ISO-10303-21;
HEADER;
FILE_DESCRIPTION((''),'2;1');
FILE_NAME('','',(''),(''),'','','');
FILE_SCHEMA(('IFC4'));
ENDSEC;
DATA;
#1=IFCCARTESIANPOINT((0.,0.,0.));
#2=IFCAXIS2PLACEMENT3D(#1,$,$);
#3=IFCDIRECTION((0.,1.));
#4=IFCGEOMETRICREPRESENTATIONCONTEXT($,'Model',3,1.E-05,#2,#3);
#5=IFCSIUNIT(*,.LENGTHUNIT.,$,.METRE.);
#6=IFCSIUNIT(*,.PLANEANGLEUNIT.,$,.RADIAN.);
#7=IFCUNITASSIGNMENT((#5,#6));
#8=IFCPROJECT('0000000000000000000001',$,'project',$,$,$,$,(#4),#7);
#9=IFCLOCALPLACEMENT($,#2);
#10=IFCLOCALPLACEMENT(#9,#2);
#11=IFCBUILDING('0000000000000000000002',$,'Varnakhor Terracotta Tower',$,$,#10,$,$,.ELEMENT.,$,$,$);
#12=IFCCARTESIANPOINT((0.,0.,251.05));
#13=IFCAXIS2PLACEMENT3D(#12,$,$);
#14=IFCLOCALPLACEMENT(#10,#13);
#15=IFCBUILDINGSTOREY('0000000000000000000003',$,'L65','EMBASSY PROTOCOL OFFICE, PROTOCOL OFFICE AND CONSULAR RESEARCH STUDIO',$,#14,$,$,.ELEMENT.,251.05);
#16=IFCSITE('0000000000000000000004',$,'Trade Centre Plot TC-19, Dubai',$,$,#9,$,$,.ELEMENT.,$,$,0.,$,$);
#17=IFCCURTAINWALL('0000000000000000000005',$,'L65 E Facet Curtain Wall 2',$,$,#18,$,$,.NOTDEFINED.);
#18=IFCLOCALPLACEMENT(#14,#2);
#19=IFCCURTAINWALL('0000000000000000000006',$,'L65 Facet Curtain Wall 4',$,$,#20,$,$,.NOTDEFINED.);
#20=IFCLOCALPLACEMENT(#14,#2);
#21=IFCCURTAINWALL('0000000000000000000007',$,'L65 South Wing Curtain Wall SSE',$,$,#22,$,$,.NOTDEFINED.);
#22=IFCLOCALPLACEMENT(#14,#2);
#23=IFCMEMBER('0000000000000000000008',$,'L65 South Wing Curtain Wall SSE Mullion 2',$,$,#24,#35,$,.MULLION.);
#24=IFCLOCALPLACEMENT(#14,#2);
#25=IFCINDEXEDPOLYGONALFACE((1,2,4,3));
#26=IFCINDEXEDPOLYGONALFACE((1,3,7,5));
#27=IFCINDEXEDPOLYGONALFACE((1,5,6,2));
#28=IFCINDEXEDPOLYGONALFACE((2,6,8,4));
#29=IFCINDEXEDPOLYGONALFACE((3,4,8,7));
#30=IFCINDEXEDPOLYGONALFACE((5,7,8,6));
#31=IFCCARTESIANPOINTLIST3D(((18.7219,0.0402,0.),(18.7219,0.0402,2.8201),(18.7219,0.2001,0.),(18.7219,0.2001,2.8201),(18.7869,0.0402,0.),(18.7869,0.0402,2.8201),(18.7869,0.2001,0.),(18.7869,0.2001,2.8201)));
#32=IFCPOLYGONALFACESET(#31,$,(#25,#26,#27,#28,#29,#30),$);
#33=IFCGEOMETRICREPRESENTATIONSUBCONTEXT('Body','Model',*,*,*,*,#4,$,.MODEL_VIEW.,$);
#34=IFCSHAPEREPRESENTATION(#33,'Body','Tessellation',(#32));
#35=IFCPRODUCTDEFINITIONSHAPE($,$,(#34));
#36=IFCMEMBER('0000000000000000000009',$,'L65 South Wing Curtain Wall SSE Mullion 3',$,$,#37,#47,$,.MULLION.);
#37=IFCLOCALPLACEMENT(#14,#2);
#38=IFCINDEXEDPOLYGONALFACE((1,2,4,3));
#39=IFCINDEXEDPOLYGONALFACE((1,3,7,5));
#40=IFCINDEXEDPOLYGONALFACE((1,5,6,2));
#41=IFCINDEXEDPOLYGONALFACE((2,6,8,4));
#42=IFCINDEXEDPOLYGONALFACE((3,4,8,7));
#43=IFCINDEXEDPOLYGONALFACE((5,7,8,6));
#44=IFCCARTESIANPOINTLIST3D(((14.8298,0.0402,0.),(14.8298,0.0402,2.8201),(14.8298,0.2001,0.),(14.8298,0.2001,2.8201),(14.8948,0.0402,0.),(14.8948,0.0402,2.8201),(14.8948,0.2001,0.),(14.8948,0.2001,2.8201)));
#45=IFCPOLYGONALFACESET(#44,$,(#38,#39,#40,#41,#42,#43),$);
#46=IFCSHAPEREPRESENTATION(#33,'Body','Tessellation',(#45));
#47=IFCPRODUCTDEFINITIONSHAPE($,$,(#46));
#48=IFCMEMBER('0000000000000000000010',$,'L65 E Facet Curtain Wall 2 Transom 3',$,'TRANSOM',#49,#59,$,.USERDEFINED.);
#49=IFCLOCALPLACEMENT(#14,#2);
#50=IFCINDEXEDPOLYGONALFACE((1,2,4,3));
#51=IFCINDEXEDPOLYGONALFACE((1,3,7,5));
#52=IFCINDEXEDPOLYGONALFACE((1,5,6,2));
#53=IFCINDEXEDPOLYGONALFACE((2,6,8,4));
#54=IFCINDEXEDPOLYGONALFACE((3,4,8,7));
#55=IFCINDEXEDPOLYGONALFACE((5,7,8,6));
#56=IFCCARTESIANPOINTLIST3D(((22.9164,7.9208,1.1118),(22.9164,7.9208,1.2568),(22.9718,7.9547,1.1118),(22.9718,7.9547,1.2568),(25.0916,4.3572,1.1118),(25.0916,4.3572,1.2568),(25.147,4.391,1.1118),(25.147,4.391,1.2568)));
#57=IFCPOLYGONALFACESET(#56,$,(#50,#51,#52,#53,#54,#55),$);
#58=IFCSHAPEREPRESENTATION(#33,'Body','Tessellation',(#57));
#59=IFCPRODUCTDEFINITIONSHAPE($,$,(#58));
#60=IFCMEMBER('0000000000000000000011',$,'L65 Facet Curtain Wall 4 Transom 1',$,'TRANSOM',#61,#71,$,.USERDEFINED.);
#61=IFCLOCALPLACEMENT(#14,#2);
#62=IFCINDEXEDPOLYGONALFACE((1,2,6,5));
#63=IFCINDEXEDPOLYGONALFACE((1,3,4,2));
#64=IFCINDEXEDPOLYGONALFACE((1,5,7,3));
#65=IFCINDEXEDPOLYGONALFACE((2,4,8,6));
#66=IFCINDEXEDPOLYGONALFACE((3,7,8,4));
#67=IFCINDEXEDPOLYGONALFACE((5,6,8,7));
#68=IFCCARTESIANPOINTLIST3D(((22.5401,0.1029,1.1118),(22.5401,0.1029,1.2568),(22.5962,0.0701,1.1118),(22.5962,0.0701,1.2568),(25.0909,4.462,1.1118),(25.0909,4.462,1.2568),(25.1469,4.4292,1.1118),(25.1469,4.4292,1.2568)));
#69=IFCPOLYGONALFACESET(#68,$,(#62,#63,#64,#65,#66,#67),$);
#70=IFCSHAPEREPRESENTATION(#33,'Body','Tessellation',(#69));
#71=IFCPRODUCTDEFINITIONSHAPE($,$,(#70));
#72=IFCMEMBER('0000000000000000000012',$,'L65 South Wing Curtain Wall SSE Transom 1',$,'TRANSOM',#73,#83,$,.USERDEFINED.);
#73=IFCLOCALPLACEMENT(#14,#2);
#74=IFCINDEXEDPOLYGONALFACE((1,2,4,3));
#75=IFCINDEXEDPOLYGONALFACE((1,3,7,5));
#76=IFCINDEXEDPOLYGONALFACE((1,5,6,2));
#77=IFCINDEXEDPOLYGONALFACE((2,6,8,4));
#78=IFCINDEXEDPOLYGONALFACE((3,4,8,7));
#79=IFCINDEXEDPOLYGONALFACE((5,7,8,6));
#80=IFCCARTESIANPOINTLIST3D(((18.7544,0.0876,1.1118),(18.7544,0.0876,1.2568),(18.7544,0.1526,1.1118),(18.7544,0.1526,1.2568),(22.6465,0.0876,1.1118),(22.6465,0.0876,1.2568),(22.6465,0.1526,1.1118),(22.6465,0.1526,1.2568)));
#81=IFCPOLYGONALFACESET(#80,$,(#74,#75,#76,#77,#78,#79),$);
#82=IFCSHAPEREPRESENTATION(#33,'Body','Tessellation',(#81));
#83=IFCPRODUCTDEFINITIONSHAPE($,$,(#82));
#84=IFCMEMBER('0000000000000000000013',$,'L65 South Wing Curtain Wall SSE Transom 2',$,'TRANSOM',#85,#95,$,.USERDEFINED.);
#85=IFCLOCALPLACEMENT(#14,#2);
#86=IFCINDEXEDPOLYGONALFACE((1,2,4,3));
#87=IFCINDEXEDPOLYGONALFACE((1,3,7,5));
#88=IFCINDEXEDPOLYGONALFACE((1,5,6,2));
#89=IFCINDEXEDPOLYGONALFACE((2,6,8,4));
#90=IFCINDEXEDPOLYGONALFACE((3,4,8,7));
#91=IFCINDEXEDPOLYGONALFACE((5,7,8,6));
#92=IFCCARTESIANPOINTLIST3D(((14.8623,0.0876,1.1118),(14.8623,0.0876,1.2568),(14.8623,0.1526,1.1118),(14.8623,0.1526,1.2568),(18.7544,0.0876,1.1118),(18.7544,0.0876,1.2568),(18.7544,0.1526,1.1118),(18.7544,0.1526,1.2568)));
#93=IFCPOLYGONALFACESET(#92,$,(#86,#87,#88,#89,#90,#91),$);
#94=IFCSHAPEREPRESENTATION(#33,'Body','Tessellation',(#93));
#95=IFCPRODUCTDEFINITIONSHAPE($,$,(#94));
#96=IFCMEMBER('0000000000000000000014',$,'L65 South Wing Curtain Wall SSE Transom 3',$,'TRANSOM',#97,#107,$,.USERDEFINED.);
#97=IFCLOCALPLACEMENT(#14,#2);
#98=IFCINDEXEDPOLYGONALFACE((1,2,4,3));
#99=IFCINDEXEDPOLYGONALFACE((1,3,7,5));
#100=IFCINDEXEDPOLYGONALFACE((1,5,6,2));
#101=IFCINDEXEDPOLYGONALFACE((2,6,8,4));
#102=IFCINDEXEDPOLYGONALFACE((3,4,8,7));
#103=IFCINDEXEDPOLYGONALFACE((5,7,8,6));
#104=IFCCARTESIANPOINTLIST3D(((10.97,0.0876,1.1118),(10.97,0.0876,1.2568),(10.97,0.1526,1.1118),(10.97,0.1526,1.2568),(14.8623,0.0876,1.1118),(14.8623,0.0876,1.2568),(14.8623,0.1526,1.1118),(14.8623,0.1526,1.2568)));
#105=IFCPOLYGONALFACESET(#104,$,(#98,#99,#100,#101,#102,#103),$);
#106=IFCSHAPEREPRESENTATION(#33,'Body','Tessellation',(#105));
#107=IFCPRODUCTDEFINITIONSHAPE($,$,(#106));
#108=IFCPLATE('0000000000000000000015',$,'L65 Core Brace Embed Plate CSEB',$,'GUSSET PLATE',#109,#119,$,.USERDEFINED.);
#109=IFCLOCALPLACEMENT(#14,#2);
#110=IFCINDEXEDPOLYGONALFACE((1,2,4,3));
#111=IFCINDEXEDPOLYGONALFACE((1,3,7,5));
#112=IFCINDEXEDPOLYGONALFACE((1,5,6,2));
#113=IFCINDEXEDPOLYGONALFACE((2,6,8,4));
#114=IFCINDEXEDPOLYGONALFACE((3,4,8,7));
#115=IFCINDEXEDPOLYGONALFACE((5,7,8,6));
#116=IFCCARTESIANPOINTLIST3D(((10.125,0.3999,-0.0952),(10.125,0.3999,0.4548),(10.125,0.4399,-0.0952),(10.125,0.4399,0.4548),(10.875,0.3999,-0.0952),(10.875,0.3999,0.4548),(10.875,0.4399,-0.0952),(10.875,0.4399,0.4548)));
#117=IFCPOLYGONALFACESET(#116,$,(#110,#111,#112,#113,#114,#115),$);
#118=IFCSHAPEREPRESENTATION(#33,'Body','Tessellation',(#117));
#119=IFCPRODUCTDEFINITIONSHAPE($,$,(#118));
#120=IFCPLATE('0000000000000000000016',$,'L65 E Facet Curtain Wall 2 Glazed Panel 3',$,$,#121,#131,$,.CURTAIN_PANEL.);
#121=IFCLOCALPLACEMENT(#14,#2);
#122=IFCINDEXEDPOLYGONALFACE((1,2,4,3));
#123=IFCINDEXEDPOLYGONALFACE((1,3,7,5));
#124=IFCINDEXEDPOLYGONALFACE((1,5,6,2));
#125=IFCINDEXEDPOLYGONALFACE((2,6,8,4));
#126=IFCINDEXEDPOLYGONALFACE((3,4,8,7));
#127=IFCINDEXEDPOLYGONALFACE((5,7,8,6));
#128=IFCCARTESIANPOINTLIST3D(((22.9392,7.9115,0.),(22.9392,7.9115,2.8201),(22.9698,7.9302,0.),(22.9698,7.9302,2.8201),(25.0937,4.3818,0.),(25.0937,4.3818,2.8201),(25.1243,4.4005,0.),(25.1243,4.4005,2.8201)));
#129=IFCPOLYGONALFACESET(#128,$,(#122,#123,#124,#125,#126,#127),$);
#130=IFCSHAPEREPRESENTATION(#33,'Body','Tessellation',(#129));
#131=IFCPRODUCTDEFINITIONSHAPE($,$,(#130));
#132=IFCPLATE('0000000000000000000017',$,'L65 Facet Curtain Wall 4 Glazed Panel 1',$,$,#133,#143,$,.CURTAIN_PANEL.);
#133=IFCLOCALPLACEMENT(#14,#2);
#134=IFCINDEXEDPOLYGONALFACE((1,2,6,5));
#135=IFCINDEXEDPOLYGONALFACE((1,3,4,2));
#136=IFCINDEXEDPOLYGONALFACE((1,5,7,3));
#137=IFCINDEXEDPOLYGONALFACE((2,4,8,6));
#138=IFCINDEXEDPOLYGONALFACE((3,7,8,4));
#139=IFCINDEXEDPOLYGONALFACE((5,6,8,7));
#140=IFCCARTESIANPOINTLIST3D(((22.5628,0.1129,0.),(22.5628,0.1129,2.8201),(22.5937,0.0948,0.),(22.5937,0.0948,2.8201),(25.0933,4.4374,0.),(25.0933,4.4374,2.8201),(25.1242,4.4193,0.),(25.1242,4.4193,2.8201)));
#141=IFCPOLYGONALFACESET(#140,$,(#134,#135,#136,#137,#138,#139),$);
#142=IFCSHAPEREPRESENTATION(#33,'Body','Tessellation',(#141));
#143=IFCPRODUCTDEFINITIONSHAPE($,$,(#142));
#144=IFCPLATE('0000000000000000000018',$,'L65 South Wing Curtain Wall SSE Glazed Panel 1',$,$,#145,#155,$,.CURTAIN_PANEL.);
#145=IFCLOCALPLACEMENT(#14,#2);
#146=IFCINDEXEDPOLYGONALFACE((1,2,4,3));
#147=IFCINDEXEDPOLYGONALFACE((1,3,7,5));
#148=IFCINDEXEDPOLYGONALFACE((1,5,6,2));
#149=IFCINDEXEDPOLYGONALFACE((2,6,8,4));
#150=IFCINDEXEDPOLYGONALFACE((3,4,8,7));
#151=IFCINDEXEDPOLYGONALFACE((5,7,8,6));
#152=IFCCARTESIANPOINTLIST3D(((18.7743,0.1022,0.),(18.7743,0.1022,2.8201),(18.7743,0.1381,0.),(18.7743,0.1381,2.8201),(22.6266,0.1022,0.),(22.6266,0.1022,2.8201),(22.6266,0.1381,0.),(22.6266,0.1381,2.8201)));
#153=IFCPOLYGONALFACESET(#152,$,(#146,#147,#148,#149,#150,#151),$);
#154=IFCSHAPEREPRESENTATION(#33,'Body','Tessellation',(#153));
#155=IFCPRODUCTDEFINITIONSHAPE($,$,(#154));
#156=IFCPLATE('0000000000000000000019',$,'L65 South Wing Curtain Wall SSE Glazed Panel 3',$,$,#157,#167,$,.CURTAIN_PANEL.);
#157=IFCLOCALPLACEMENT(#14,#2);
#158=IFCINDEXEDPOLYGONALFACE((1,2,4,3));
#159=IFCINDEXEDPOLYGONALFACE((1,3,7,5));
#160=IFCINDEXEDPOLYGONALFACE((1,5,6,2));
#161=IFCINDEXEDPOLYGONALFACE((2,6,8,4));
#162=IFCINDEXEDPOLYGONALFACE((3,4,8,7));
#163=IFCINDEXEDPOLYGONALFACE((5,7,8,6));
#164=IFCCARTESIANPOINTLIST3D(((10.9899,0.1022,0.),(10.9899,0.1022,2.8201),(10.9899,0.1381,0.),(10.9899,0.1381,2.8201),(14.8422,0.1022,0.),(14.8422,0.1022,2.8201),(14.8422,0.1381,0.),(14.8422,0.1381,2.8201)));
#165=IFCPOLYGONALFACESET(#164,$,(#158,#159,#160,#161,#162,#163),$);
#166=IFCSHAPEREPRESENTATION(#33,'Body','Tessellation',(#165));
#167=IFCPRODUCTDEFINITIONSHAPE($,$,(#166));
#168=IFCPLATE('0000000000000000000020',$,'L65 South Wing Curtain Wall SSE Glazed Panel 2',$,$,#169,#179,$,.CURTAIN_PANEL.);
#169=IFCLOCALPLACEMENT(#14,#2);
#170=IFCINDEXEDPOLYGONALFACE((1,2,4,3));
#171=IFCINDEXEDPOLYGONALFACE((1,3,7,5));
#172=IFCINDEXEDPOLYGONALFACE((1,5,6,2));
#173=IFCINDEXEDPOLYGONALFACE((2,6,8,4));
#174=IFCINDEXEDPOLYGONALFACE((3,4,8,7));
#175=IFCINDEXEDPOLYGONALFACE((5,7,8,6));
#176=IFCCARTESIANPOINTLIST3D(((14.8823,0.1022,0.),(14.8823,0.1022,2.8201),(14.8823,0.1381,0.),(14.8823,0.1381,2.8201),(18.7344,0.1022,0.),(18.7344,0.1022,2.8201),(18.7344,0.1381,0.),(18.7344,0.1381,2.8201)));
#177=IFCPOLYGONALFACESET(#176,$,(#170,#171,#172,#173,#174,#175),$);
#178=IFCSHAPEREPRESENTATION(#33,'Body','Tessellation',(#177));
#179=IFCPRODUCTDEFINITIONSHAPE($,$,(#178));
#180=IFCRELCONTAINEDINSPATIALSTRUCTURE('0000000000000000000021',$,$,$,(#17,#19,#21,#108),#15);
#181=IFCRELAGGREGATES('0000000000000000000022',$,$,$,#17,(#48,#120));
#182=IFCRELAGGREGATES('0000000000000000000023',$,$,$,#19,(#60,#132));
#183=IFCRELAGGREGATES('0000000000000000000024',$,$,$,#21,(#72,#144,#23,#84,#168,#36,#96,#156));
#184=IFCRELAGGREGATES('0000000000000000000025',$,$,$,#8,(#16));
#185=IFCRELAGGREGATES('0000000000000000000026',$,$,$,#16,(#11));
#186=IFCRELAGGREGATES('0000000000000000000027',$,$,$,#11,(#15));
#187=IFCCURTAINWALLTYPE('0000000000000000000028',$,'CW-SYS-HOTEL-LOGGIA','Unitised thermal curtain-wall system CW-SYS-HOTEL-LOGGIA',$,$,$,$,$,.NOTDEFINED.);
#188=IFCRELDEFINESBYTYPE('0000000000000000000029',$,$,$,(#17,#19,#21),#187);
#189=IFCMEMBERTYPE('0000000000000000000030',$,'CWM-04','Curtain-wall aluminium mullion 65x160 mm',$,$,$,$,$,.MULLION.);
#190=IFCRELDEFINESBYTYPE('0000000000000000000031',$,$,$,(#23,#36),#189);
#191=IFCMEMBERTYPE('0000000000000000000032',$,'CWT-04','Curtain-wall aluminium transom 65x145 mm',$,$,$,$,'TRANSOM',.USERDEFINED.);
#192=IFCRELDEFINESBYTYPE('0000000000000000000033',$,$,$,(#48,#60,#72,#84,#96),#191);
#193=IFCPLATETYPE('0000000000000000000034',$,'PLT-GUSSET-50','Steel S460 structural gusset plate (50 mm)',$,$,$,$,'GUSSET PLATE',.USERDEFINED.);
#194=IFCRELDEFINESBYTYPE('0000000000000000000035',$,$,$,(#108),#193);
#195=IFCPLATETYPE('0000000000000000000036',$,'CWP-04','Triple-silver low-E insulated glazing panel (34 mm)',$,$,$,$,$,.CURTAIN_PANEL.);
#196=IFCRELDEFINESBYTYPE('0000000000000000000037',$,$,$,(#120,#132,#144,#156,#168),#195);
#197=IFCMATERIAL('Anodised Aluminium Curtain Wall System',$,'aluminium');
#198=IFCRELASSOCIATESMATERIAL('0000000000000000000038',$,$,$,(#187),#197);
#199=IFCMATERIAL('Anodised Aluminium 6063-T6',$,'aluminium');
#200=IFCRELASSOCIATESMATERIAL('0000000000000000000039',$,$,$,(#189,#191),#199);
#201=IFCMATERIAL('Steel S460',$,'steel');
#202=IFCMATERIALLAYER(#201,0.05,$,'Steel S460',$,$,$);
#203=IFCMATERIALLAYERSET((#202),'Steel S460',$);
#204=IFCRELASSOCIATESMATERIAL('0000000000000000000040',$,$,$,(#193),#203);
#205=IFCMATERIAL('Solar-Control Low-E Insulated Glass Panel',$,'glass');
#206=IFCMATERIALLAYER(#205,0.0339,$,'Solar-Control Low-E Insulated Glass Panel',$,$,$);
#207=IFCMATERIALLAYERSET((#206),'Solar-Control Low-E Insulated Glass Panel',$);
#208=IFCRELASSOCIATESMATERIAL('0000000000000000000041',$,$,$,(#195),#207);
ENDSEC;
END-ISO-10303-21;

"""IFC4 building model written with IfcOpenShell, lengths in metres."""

from ifc_helpers import new_model, si_unit, direction, frame, origin, origin_2d, place, context, subcontext, project, spatial, rectangle, extrude, source, transform, mapped, material, layer, layer_set, material_profile, profile_set, type_object, type_shapes, element, aggregate, save


model = new_model("IFC4")

# Units and contexts
model_context = context("Model", 3, precision=1e-05, world=origin(), true_north=direction((0.0, 1.0)))
body_context = subcontext(model_context, "Body", "Model", "MODEL_VIEW")
ifc_project = project(units=[si_unit("LENGTHUNIT", "METRE"), si_unit("PLANEANGLEUNIT", "RADIAN")], contexts=[model_context])

# Site, building, storey
site_placement = place(None, origin())
site = spatial("IfcSite", under=ifc_project, at=site_placement, Name="Trade Centre Plot TC-19, Dubai", CompositionType="ELEMENT", RefElevation=0.0)
building_placement = place(site_placement, origin())
building = spatial("IfcBuilding", under=site, at=building_placement, Name="Varnakhor Terracotta Tower", CompositionType="ELEMENT")
storey_placement = place(building_placement, frame((0.0, 0.0, 251.05)))
storey = spatial("IfcBuildingStorey", under=building, at=storey_placement, Name="L65", Description="EMBASSY PROTOCOL OFFICE, PROTOCOL OFFICE AND CONSULAR RESEARCH STUDIO", CompositionType="ELEMENT", Elevation=251.05)

# Shared definitions
ifc_material_1 = material(Name="Steel S460", Category="steel")

# Curtain walls
ifc_material_2 = material(Name="Anodised Aluminium Curtain Wall System", Category="aluminium")
curtain_wall_type = type_object("IfcCurtainWallType", Name="CW-SYS-HOTEL-LOGGIA", Description="Unitised thermal curtain-wall system CW-SYS-HOTEL-LOGGIA", PredefinedType="NOTDEFINED", material=ifc_material_2)
curtain_wall_1_placement = place(storey_placement, origin())
curtain_wall_1 = element("IfcCurtainWall", 1, at=curtain_wall_1_placement, inside=storey, type_object=curtain_wall_type, Name="L65 E Facet Curtain Wall 2", PredefinedType="NOTDEFINED")
ifc_material_3 = material(Name="Anodised Aluminium 6063-T6", Category="aluminium")
ifc_material_profile_1 = material_profile(ifc_material_3, rectangle(XDim=0.0649, YDim=0.1599, at=origin_2d()), Name="ALU MULLION 65x160")
ifc_profile_set_1 = profile_set([ifc_material_profile_1], Name="Anodised Aluminium 6063-T6")
member_type_1 = type_object("IfcMemberType", Name="CWM-04", Description="Curtain-wall aluminium mullion 65x160 mm", PredefinedType="MULLION", material=ifc_profile_set_1)
shared_shape_1 = source(origin(), body_context, "Body", "SweptSolid", [
    extrude(rectangle(XDim=0.0649, YDim=0.1599, at=origin_2d()), origin(), (0.0, 0.0, 1.0), 2.8201),
])
type_shapes(member_type_1, [shared_shape_1])
curtain_wall_2_placement = place(storey_placement, origin())
curtain_wall_2 = element("IfcCurtainWall", 2, at=curtain_wall_2_placement, inside=storey, type_object=curtain_wall_type, Name="L65 Facet Curtain Wall 4", PredefinedType="NOTDEFINED")

# Curtain wall, members
curtain_wall_3_placement = place(storey_placement, origin())
curtain_wall_3 = element("IfcCurtainWall", 3, at=curtain_wall_3_placement, inside=storey, type_object=curtain_wall_type, Name="L65 South Wing Curtain Wall SSE", PredefinedType="NOTDEFINED")
member_1_placement = place(storey_placement, frame((18.7544, 0.1201, 0.0), z_axis=(0.0, 0.0, 1.0), x_axis=(1.0, 0.0, 0.0)))
member_1 = element("IfcMember", 4, at=member_1_placement, type_object=member_type_1, Name="L65 South Wing Curtain Wall SSE Mullion 2", PredefinedType="MULLION", context=body_context, shape_type="MappedRepresentation", body=[
    mapped(shared_shape_1, transform((0.0, 0.0, 0.0), scale=1.0)),
])
member_2_placement = place(storey_placement, frame((14.8623, 0.1201, 0.0), z_axis=(0.0, 0.0, 1.0), x_axis=(1.0, 0.0, 0.0)))
member_2 = element("IfcMember", 5, at=member_2_placement, type_object=member_type_1, Name="L65 South Wing Curtain Wall SSE Mullion 3", PredefinedType="MULLION", context=body_context, shape_type="MappedRepresentation", body=[
    mapped(shared_shape_1, transform((0.0, 0.0, 0.0), scale=1.0)),
])

# Members
ifc_material_profile_2 = material_profile(ifc_material_3, rectangle(XDim=0.0649, YDim=0.145, at=origin_2d()), Name="ALU TRANSOM 65x145")
ifc_profile_set_2 = profile_set([ifc_material_profile_2], Name="Anodised Aluminium 6063-T6")
member_type_2 = type_object("IfcMemberType", Name="CWT-04", Description="Curtain-wall aluminium transom 65x145 mm", ElementType="TRANSOM", PredefinedType="USERDEFINED", material=ifc_profile_set_2)
shared_shape_2 = source(origin(), body_context, "Body", "SweptSolid", [
    extrude(rectangle(XDim=0.0649, YDim=0.145, at=origin_2d()), origin(), (0.0, 0.0, 1.0), 4.175),
])
member_3_placement = place(storey_placement, frame((22.9441, 7.9377, 1.1843), z_axis=(0.521008, -0.853552, 0.0), x_axis=(0.853552, 0.521008, 0.0)))
member_3 = element("IfcMember", 6, at=member_3_placement, type_object=member_type_2, Name="L65 E Facet Curtain Wall 2 Transom 3", ObjectType="TRANSOM", PredefinedType="USERDEFINED", context=body_context, shape_type="MappedRepresentation", body=[
    mapped(shared_shape_2, transform((0.0, 0.0, 0.0), scale=1.0)),
])
shared_shape_3 = source(origin(), body_context, "Body", "SweptSolid", [
    extrude(rectangle(XDim=0.0649, YDim=0.145, at=origin_2d()), origin(), (0.0, 0.0, 1.0), 5.0505),
])
member_4_placement = place(storey_placement, frame((25.1189, 4.4456, 1.1843), z_axis=(-0.505046, -0.863093, 0.0), x_axis=(0.863093, -0.505046, 0.0)))
member_4 = element("IfcMember", 7, at=member_4_placement, type_object=member_type_2, Name="L65 Facet Curtain Wall 4 Transom 1", ObjectType="TRANSOM", PredefinedType="USERDEFINED", context=body_context, shape_type="MappedRepresentation", body=[
    mapped(shared_shape_3, transform((0.0, 0.0, 0.0), scale=1.0)),
])
shared_shape_4 = source(origin(), body_context, "Body", "SweptSolid", [
    extrude(rectangle(XDim=0.0649, YDim=0.145, at=origin_2d()), origin(), (0.0, 0.0, 1.0), 3.8921),
])
member_5_placement = place(storey_placement, frame((22.6465, 0.1201, 1.1843), z_axis=(-1.0, 0.0, 0.0), x_axis=(0.0, -1.0, 0.0)))
member_5 = element("IfcMember", 8, at=member_5_placement, type_object=member_type_2, Name="L65 South Wing Curtain Wall SSE Transom 1", ObjectType="TRANSOM", PredefinedType="USERDEFINED", context=body_context, shape_type="MappedRepresentation", body=[
    mapped(shared_shape_4, transform((0.0, 0.0, 0.0), scale=1.0)),
])
member_6_placement = place(storey_placement, frame((18.7544, 0.1201, 1.1843), z_axis=(-1.0, 0.0, 0.0), x_axis=(0.0, -1.0, 0.0)))
member_6 = element("IfcMember", 9, at=member_6_placement, type_object=member_type_2, Name="L65 South Wing Curtain Wall SSE Transom 2", ObjectType="TRANSOM", PredefinedType="USERDEFINED", context=body_context, shape_type="MappedRepresentation", body=[
    mapped(shared_shape_4, transform((0.0, 0.0, 0.0), scale=1.0)),
])
shared_shape_5 = source(origin(), body_context, "Body", "SweptSolid", [
    extrude(rectangle(XDim=0.0649, YDim=0.145, at=origin_2d()), origin(), (0.0, 0.0, 1.0), 3.8923),
])
member_7_placement = place(storey_placement, frame((14.8623, 0.1201, 1.1843), z_axis=(-1.0, 0.0, 0.0), x_axis=(0.0, -1.0, 0.0)))
member_7 = element("IfcMember", 10, at=member_7_placement, type_object=member_type_2, Name="L65 South Wing Curtain Wall SSE Transom 3", ObjectType="TRANSOM", PredefinedType="USERDEFINED", context=body_context, shape_type="MappedRepresentation", body=[
    mapped(shared_shape_5, transform((0.0, 0.0, 0.0), scale=1.0)),
])

# Plates
ifc_layer_1 = layer(ifc_material_1, 0.05, Name="Steel S460")
ifc_layer_set_1 = layer_set([ifc_layer_1], Name="Steel S460")
plate_type_1 = type_object("IfcPlateType", Name="PLT-GUSSET-50", Description="Steel S460 structural gusset plate (50 mm)", ElementType="GUSSET PLATE", PredefinedType="USERDEFINED", material=ifc_layer_set_1)
shared_shape_6 = source(origin(), body_context, "Body", "SweptSolid", [
    extrude(rectangle(XDim=0.75, YDim=0.04, at=origin_2d()), origin(), (0.0, 0.0, 1.0), 0.55),
])
type_shapes(plate_type_1, [shared_shape_6])
plate_1_placement = place(storey_placement, frame((10.5, 0.4199, -0.0952), z_axis=(0.0, 0.0, 1.0), x_axis=(1.0, 0.0, 0.0)))
element("IfcPlate", 11, at=plate_1_placement, inside=storey, type_object=plate_type_1, Name="L65 Core Brace Embed Plate CSEB", ObjectType="GUSSET PLATE", PredefinedType="USERDEFINED", context=body_context, shape_type="MappedRepresentation", body=[
    mapped(shared_shape_6, transform((0.0, 0.0, 0.0), scale=1.0)),
])
ifc_material_4 = material(Name="Solar-Control Low-E Insulated Glass Panel", Category="glass")
ifc_layer_2 = layer(ifc_material_4, 0.0339, Name="Solar-Control Low-E Insulated Glass Panel")
ifc_layer_set_2 = layer_set([ifc_layer_2], Name="Solar-Control Low-E Insulated Glass Panel")
plate_type_2 = type_object("IfcPlateType", Name="CWP-04", Description="Triple-silver low-E insulated glazing panel (34 mm)", PredefinedType="CURTAIN_PANEL", material=ifc_layer_set_2)
shared_shape_7 = source(origin(), body_context, "Body", "SweptSolid", [
    extrude(rectangle(XDim=4.1353, YDim=0.0359, at=origin_2d()), origin(), (0.0, 0.0, 1.0), 2.8201),
])
plate_2_placement = place(storey_placement, frame((24.0317, 6.156, 0.0), z_axis=(0.0, 0.0, 1.0), x_axis=(0.52101, -0.853551, 0.0)))
plate_2 = element("IfcPlate", 12, at=plate_2_placement, type_object=plate_type_2, Name="L65 E Facet Curtain Wall 2 Glazed Panel 3", PredefinedType="CURTAIN_PANEL", context=body_context, shape_type="MappedRepresentation", body=[
    mapped(shared_shape_7, transform((0.0, 0.0, 0.0), scale=1.0)),
])
aggregate(curtain_wall_1, [member_3, plate_2])
shared_shape_8 = source(origin(), body_context, "Body", "SweptSolid", [
    extrude(rectangle(XDim=5.0105, YDim=0.0359, at=origin_2d()), origin(), (0.0, 0.0, 1.0), 2.8201),
])
plate_3_placement = place(storey_placement, frame((23.8435, 2.2661, 0.0), z_axis=(0.0, 0.0, 1.0), x_axis=(-0.50504, -0.863096, 0.0)))
plate_3 = element("IfcPlate", 13, at=plate_3_placement, type_object=plate_type_2, Name="L65 Facet Curtain Wall 4 Glazed Panel 1", PredefinedType="CURTAIN_PANEL", context=body_context, shape_type="MappedRepresentation", body=[
    mapped(shared_shape_8, transform((0.0, 0.0, 0.0), scale=1.0)),
])
aggregate(curtain_wall_2, [member_4, plate_3])
shared_shape_9 = source(origin(), body_context, "Body", "SweptSolid", [
    extrude(rectangle(XDim=3.8523, YDim=0.0359, at=origin_2d()), origin(), (0.0, 0.0, 1.0), 2.8201),
])
plate_4_placement = place(storey_placement, frame((20.7004, 0.1201, 0.0), z_axis=(0.0, 0.0, 1.0), x_axis=(-1.0, 0.0, 0.0)))
plate_4 = element("IfcPlate", 14, at=plate_4_placement, type_object=plate_type_2, Name="L65 South Wing Curtain Wall SSE Glazed Panel 1", PredefinedType="CURTAIN_PANEL", context=body_context, shape_type="MappedRepresentation", body=[
    mapped(shared_shape_9, transform((0.0, 0.0, 0.0), scale=1.0)),
])
plate_5_placement = place(storey_placement, frame((12.916, 0.1201, 0.0), z_axis=(0.0, 0.0, 1.0), x_axis=(-1.0, 0.0, 0.0)))
plate_5 = element("IfcPlate", 15, at=plate_5_placement, type_object=plate_type_2, Name="L65 South Wing Curtain Wall SSE Glazed Panel 3", PredefinedType="CURTAIN_PANEL", context=body_context, shape_type="MappedRepresentation", body=[
    mapped(shared_shape_9, transform((0.0, 0.0, 0.0), scale=1.0)),
])
shared_shape_10 = source(origin(), body_context, "Body", "SweptSolid", [
    extrude(rectangle(XDim=3.8521, YDim=0.0359, at=origin_2d()), origin(), (0.0, 0.0, 1.0), 2.8201),
])
plate_6_placement = place(storey_placement, frame((16.8083, 0.1201, 0.0), z_axis=(0.0, 0.0, 1.0), x_axis=(-1.0, 0.0, 0.0)))
plate_6 = element("IfcPlate", 16, at=plate_6_placement, type_object=plate_type_2, Name="L65 South Wing Curtain Wall SSE Glazed Panel 2", PredefinedType="CURTAIN_PANEL", context=body_context, shape_type="MappedRepresentation", body=[
    mapped(shared_shape_10, transform((0.0, 0.0, 0.0), scale=1.0)),
])
aggregate(curtain_wall_3, [member_5, plate_4, member_1, member_6, plate_6, member_2, member_7, plate_5])

save(model, "model.ifc")
